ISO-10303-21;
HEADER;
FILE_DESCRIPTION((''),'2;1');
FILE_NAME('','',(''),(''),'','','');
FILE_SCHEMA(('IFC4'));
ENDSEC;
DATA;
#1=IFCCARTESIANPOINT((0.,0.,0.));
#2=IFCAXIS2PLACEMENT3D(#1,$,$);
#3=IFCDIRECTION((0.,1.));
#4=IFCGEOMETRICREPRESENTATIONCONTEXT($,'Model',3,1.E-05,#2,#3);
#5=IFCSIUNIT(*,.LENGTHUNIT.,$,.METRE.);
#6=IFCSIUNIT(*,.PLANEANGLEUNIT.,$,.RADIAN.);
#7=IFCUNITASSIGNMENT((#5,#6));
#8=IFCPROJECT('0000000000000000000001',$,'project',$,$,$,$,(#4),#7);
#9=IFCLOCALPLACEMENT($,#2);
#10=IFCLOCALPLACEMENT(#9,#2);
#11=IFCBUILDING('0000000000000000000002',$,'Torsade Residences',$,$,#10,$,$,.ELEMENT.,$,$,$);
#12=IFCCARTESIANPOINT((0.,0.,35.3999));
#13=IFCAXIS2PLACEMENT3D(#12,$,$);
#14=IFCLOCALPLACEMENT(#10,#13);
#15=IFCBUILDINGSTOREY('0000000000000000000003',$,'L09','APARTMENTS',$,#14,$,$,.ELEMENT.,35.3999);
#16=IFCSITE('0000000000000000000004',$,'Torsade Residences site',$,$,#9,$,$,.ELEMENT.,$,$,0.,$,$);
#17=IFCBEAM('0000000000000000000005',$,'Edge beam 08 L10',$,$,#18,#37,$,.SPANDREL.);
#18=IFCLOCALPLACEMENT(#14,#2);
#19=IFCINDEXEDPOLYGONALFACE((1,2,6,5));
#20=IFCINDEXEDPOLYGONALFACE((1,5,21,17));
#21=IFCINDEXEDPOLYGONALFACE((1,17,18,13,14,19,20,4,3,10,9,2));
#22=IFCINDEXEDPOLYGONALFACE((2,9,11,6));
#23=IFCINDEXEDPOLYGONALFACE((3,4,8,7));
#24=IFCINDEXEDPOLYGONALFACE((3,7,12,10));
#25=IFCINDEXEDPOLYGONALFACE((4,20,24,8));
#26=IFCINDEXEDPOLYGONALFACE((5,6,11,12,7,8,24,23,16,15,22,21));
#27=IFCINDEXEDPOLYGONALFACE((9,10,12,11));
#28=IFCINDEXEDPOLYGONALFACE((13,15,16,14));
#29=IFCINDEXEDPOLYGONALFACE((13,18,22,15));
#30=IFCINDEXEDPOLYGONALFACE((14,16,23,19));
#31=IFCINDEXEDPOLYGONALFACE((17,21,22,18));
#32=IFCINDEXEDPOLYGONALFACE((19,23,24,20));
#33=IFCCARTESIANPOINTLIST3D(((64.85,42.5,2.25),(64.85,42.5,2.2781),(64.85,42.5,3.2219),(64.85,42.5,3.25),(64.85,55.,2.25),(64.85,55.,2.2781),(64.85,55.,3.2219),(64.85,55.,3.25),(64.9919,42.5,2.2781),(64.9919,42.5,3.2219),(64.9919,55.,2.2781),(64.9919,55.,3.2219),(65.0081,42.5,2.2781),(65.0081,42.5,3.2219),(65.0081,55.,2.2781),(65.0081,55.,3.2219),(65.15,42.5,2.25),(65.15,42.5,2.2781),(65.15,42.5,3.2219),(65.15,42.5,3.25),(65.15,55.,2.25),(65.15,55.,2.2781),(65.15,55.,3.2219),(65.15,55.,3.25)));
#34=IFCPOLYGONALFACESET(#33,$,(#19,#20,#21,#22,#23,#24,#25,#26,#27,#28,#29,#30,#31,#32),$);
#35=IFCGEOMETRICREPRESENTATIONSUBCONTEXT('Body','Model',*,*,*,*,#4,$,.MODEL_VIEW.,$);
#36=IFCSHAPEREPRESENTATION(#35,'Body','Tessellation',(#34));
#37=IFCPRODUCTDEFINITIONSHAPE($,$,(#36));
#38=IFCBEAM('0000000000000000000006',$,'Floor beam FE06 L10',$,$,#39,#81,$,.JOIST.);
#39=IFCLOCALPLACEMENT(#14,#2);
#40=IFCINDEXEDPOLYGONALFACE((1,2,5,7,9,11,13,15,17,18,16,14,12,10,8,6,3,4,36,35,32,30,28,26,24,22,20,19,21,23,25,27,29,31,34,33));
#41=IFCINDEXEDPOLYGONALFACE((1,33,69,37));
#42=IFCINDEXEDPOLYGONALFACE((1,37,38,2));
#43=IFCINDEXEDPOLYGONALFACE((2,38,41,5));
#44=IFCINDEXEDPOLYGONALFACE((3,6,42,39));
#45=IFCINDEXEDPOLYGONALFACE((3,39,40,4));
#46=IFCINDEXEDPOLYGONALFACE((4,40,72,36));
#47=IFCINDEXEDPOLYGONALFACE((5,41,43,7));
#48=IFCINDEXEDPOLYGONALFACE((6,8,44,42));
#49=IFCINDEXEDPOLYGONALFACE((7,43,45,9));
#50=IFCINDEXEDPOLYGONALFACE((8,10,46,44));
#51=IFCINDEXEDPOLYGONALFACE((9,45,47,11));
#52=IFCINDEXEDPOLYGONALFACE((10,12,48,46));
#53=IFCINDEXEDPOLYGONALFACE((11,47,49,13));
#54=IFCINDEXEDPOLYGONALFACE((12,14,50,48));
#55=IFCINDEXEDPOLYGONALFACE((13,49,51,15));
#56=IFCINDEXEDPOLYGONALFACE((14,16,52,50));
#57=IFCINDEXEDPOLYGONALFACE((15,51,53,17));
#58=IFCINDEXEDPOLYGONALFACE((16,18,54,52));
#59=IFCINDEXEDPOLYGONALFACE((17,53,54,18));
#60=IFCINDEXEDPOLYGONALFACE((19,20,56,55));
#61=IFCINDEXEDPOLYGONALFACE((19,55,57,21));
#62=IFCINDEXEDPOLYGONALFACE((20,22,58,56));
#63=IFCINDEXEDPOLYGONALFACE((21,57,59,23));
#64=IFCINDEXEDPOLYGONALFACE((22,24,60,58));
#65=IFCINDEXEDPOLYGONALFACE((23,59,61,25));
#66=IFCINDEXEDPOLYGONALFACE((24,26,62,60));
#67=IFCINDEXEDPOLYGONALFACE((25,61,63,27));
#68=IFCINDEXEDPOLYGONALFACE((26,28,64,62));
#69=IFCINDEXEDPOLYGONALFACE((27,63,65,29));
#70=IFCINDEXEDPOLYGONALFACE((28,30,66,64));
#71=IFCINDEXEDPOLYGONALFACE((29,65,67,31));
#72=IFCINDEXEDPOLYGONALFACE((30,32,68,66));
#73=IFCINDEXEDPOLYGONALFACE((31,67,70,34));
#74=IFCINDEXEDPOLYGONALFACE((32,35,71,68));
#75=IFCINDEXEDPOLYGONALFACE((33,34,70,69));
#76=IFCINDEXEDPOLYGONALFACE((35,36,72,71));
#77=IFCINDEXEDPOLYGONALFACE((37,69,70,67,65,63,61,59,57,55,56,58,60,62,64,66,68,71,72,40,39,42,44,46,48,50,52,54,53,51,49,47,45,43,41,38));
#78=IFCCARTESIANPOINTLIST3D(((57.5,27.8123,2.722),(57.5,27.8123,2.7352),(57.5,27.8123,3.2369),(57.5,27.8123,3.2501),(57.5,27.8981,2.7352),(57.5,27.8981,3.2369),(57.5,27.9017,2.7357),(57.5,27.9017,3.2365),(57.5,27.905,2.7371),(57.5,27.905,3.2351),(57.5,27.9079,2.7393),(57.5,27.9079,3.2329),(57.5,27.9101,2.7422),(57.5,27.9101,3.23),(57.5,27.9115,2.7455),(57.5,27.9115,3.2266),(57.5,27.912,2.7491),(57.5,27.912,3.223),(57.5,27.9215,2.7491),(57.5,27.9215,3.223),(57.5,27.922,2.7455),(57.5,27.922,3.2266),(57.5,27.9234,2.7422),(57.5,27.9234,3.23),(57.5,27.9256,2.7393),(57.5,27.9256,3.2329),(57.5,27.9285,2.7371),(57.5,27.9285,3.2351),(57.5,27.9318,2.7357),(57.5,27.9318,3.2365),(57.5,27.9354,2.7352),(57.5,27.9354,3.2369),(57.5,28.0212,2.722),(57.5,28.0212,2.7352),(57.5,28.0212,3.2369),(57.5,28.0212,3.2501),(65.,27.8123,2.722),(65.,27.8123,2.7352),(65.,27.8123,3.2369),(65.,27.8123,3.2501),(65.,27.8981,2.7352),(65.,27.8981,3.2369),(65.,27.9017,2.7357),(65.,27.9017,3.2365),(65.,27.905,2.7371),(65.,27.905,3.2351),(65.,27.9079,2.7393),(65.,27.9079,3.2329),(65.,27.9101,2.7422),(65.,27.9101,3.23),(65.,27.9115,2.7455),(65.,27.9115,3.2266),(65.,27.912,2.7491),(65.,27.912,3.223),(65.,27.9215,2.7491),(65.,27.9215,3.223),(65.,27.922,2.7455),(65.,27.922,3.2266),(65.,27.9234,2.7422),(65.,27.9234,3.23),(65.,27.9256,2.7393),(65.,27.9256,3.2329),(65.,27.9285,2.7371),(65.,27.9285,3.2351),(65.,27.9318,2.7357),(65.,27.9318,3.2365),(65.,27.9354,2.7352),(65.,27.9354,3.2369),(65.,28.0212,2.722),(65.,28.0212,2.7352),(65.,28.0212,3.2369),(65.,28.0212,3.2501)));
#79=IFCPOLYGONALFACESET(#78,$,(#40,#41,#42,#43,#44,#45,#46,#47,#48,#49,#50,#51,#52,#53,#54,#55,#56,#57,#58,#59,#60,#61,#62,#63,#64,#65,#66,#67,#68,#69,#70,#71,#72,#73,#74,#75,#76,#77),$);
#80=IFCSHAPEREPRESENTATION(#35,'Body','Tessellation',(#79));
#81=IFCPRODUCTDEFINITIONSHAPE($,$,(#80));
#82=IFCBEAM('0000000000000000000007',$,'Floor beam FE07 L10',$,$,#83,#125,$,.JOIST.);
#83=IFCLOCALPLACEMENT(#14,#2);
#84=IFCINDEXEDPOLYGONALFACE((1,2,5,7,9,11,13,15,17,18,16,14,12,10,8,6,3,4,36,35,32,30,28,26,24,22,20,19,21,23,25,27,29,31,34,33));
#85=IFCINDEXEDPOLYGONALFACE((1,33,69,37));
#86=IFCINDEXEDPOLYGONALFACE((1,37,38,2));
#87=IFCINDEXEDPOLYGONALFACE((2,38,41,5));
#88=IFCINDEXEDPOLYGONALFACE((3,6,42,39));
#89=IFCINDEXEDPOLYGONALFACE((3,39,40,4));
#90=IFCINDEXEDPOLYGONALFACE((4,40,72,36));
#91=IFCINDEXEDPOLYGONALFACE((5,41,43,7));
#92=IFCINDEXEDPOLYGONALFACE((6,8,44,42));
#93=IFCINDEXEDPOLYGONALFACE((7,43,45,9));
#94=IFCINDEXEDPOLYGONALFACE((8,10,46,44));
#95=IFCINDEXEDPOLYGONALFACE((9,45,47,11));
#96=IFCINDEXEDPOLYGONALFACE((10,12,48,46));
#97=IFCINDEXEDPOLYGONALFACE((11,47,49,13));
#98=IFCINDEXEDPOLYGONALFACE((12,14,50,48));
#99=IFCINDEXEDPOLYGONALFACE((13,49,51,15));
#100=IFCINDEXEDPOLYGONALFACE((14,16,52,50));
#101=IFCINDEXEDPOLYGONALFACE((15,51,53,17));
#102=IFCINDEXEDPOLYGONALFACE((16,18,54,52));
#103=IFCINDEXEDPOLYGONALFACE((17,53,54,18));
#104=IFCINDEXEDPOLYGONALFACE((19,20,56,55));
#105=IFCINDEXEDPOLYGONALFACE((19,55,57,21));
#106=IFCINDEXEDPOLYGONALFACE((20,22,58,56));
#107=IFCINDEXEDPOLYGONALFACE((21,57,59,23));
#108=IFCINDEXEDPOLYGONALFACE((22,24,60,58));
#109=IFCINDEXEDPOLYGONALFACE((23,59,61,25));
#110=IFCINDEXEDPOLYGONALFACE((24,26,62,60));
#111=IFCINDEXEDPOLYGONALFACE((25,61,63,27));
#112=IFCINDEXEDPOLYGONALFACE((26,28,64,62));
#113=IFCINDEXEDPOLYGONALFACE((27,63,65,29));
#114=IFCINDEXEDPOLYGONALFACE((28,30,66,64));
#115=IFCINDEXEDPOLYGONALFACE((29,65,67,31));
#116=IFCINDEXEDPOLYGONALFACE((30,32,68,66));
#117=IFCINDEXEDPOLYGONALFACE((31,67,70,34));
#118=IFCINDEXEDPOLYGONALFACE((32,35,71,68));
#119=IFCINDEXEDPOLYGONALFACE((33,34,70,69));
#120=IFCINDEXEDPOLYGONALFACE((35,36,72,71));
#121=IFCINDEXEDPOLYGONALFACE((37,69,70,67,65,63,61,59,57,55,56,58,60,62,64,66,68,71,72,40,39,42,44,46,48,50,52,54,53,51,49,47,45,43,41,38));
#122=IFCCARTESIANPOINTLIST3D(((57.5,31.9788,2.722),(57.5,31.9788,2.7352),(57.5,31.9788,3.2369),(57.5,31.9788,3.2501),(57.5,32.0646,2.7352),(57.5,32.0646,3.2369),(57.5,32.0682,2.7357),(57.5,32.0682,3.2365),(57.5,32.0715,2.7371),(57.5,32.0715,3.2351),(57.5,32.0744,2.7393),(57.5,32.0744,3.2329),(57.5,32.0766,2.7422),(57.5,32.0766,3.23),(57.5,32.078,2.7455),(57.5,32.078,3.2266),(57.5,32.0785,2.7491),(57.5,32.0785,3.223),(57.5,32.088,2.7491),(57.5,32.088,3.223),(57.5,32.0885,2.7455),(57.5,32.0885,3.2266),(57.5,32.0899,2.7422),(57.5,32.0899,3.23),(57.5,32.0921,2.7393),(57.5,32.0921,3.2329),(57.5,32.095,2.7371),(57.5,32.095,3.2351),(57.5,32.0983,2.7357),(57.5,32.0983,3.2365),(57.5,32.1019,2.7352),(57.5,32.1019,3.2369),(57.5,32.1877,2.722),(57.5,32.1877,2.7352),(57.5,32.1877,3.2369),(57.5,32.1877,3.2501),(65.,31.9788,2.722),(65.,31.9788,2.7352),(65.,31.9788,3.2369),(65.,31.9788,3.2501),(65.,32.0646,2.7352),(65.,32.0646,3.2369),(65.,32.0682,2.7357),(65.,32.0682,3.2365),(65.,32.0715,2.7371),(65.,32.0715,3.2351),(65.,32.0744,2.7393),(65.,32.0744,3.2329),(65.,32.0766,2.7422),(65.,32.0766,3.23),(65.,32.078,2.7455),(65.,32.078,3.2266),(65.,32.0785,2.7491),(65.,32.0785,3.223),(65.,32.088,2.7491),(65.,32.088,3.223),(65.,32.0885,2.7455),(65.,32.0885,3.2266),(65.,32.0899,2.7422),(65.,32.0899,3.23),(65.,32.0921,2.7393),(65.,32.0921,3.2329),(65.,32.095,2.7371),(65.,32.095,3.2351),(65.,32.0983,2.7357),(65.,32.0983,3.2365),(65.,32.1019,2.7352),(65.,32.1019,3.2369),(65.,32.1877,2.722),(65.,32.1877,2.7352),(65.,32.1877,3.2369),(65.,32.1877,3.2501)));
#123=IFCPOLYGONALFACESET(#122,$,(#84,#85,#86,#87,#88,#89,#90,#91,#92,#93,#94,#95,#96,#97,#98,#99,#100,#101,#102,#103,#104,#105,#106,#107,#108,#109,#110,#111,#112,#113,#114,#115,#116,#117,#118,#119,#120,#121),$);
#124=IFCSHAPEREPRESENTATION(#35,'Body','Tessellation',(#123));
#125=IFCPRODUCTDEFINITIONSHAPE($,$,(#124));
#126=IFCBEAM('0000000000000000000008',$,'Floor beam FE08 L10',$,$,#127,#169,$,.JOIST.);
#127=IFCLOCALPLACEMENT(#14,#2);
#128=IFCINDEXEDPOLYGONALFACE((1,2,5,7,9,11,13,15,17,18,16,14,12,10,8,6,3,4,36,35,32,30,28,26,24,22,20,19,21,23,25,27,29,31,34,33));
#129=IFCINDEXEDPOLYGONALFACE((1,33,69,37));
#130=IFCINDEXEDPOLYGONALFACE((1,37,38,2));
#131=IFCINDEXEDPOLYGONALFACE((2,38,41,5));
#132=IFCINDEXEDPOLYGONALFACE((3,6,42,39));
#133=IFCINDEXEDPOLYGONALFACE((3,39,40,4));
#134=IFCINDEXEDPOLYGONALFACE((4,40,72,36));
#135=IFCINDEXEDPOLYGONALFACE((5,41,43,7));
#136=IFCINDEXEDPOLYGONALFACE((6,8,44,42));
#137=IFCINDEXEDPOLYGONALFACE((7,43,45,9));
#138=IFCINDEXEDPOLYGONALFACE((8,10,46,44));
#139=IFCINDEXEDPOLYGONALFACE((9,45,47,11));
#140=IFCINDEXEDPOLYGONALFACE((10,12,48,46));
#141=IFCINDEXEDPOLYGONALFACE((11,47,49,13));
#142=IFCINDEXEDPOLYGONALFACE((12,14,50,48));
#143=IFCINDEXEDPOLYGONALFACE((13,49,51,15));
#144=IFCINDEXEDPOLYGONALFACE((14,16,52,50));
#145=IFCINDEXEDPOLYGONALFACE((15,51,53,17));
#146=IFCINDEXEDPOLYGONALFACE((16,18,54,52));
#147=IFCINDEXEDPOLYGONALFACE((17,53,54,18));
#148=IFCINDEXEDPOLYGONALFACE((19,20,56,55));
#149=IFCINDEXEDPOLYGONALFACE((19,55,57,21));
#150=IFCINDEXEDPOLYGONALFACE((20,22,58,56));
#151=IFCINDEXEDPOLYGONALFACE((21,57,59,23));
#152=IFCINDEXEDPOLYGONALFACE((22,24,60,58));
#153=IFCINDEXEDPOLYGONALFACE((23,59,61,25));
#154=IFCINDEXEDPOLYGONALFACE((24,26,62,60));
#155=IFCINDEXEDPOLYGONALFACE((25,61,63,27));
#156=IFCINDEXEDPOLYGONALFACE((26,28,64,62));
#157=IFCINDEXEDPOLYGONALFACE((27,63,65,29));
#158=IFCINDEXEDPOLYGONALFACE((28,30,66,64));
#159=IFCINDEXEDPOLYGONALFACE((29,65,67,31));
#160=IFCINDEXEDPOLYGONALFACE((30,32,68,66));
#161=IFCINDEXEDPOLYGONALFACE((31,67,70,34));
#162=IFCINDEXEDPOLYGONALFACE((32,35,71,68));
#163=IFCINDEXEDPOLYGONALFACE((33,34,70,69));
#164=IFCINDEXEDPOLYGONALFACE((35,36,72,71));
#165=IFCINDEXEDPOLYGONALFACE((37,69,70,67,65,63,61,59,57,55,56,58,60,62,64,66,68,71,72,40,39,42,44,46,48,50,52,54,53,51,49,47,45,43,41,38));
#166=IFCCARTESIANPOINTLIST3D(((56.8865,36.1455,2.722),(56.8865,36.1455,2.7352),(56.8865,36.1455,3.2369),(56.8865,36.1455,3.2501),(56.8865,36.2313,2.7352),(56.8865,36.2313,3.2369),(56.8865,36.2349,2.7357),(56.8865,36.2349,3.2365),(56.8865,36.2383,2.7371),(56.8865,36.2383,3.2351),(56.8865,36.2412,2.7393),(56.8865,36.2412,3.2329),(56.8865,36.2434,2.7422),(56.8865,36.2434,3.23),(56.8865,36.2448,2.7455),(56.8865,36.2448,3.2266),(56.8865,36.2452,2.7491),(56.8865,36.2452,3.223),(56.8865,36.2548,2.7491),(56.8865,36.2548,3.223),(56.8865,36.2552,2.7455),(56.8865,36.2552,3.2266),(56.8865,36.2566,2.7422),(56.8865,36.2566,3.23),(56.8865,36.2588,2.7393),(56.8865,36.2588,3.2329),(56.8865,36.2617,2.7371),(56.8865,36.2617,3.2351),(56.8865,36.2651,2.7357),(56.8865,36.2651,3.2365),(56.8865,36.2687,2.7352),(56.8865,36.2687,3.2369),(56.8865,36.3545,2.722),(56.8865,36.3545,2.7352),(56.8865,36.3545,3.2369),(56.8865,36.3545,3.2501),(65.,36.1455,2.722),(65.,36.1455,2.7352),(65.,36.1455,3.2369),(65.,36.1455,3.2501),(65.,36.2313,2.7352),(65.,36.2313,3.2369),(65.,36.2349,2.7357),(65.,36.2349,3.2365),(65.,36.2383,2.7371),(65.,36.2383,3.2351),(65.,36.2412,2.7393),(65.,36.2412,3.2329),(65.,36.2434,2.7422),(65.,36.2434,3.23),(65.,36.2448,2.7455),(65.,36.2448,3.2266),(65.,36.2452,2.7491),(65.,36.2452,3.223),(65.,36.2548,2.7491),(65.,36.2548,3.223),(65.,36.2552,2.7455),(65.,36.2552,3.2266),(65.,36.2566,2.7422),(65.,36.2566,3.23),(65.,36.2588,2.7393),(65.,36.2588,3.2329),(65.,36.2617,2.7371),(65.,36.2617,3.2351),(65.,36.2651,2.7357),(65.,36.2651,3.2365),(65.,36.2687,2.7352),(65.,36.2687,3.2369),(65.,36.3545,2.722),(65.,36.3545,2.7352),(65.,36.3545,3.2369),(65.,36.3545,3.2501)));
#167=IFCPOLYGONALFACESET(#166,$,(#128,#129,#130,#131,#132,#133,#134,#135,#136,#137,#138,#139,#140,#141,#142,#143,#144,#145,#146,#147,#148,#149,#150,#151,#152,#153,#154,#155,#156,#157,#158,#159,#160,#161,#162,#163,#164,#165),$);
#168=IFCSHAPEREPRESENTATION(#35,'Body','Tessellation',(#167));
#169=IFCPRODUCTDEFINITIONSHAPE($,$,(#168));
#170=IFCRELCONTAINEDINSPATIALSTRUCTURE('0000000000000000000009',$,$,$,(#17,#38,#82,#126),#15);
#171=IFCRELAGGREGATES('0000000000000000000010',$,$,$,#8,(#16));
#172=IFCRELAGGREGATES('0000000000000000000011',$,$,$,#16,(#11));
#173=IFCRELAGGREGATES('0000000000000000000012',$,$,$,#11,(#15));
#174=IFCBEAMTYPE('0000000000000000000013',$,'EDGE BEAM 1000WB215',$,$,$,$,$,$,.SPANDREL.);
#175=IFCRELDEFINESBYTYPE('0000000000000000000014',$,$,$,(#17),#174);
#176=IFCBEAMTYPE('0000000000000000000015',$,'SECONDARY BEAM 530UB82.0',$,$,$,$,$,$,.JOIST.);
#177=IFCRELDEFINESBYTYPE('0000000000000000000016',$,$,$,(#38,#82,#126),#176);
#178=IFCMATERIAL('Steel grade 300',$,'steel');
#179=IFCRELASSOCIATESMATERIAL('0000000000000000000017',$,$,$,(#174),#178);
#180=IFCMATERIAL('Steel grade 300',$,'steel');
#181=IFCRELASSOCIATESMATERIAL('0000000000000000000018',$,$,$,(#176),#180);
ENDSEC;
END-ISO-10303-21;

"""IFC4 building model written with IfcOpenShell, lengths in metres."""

from ifc_helpers import new_model, si_unit, direction, frame, origin, origin_2d, place, context, subcontext, project, spatial, i_section, extrude, material, material_profile, profile_set, type_object, element, save


model = new_model("IFC4")

# Units and contexts
model_context = context("Model", 3, precision=1e-05, world=origin(), true_north=direction((0.0, 1.0)))
body_context = subcontext(model_context, "Body", "Model", "MODEL_VIEW")
ifc_project = project(units=[si_unit("LENGTHUNIT", "METRE"), si_unit("PLANEANGLEUNIT", "RADIAN")], contexts=[model_context])

# Site, building, storey
site_placement = place(None, origin())
site = spatial("IfcSite", under=ifc_project, at=site_placement, Name="Torsade Residences site", CompositionType="ELEMENT", RefElevation=0.0)
building_placement = place(site_placement, origin())
building = spatial("IfcBuilding", under=site, at=building_placement, Name="Torsade Residences", CompositionType="ELEMENT")
storey_placement = place(building_placement, frame((0.0, 0.0, 35.3999)))
storey = spatial("IfcBuildingStorey", under=building, at=storey_placement, Name="L09", Description="APARTMENTS", CompositionType="ELEMENT", Elevation=35.3999)

# Beams
ifc_material_1 = material(Name="Steel grade 300", Category="steel")
ifc_material_profile_1 = material_profile(ifc_material_1, i_section(OverallWidth=0.3, OverallDepth=1.0, WebThickness=0.0161, FlangeThickness=0.0281, at=origin_2d()), Name="1000WB215")
ifc_profile_set_1 = profile_set([ifc_material_profile_1], Name="Steel grade 300")
beam_type_1 = type_object("IfcBeamType", Name="EDGE BEAM 1000WB215", PredefinedType="SPANDREL", material=ifc_profile_set_1)
for number, where, z_axis, x_axis, name in (
    (1, (65.0, 42.5, 2.75), (0.0, 1.0, 0.0), (-1.0, 0.0, 0.0), "Edge beam 08 L10"),
):
    element("IfcBeam", number, at=place(storey_placement, frame(where, z_axis=z_axis, x_axis=x_axis)), inside=storey, type_object=beam_type_1, Name=name, PredefinedType="SPANDREL", context=body_context, shape_type="SweptSolid", body=[
        extrude(i_section(OverallWidth=0.3, OverallDepth=1.0, WebThickness=0.0161, FlangeThickness=0.0281, at=origin_2d()), origin(), (0.0, 0.0, 1.0), 12.5),
    ])
ifc_material_2 = material(Name="Steel grade 300", Category="steel")
ifc_material_profile_2 = material_profile(ifc_material_2, i_section(OverallWidth=0.209, OverallDepth=0.5281, WebThickness=0.0095, FlangeThickness=0.0132, FilletRadius=0.0139, at=origin_2d()), Name="530UB82.0")
ifc_profile_set_2 = profile_set([ifc_material_profile_2], Name="Steel grade 300")
beam_type_2 = type_object("IfcBeamType", Name="SECONDARY BEAM 530UB82.0", PredefinedType="JOIST", material=ifc_profile_set_2)
for number, where, z_axis, x_axis, name in (
    (2, (65.0, 27.9167, 2.9861), (-1.0, 0.0, 0.0), (0.0, -1.0, 0.0), "Floor beam FE06 L10"),
    (3, (65.0, 32.0833, 2.9861), (-1.0, 0.0, 0.0), (0.0, -1.0, 0.0), "Floor beam FE07 L10"),
):
    element("IfcBeam", number, at=place(storey_placement, frame(where, z_axis=z_axis, x_axis=x_axis)), inside=storey, type_object=beam_type_2, Name=name, PredefinedType="JOIST", context=body_context, shape_type="SweptSolid", body=[
        extrude(i_section(OverallWidth=0.209, OverallDepth=0.5281, WebThickness=0.0095, FlangeThickness=0.0132, FilletRadius=0.0139, at=origin_2d()), origin(), (0.0, 0.0, 1.0), 7.5),
    ])
beam_1_placement = place(storey_placement, frame((65.0, 36.25, 2.9861), z_axis=(-1.0, 0.0, 0.0), x_axis=(0.0, -1.0, 0.0)))
element("IfcBeam", 4, at=beam_1_placement, inside=storey, type_object=beam_type_2, Name="Floor beam FE08 L10", PredefinedType="JOIST", context=body_context, shape_type="SweptSolid", body=[
    extrude(i_section(OverallWidth=0.209, OverallDepth=0.5281, WebThickness=0.0095, FlangeThickness=0.0132, FilletRadius=0.0139, at=origin_2d()), origin(), (0.0, 0.0, 1.0), 8.1135),
])

save(model, "model.ifc")
